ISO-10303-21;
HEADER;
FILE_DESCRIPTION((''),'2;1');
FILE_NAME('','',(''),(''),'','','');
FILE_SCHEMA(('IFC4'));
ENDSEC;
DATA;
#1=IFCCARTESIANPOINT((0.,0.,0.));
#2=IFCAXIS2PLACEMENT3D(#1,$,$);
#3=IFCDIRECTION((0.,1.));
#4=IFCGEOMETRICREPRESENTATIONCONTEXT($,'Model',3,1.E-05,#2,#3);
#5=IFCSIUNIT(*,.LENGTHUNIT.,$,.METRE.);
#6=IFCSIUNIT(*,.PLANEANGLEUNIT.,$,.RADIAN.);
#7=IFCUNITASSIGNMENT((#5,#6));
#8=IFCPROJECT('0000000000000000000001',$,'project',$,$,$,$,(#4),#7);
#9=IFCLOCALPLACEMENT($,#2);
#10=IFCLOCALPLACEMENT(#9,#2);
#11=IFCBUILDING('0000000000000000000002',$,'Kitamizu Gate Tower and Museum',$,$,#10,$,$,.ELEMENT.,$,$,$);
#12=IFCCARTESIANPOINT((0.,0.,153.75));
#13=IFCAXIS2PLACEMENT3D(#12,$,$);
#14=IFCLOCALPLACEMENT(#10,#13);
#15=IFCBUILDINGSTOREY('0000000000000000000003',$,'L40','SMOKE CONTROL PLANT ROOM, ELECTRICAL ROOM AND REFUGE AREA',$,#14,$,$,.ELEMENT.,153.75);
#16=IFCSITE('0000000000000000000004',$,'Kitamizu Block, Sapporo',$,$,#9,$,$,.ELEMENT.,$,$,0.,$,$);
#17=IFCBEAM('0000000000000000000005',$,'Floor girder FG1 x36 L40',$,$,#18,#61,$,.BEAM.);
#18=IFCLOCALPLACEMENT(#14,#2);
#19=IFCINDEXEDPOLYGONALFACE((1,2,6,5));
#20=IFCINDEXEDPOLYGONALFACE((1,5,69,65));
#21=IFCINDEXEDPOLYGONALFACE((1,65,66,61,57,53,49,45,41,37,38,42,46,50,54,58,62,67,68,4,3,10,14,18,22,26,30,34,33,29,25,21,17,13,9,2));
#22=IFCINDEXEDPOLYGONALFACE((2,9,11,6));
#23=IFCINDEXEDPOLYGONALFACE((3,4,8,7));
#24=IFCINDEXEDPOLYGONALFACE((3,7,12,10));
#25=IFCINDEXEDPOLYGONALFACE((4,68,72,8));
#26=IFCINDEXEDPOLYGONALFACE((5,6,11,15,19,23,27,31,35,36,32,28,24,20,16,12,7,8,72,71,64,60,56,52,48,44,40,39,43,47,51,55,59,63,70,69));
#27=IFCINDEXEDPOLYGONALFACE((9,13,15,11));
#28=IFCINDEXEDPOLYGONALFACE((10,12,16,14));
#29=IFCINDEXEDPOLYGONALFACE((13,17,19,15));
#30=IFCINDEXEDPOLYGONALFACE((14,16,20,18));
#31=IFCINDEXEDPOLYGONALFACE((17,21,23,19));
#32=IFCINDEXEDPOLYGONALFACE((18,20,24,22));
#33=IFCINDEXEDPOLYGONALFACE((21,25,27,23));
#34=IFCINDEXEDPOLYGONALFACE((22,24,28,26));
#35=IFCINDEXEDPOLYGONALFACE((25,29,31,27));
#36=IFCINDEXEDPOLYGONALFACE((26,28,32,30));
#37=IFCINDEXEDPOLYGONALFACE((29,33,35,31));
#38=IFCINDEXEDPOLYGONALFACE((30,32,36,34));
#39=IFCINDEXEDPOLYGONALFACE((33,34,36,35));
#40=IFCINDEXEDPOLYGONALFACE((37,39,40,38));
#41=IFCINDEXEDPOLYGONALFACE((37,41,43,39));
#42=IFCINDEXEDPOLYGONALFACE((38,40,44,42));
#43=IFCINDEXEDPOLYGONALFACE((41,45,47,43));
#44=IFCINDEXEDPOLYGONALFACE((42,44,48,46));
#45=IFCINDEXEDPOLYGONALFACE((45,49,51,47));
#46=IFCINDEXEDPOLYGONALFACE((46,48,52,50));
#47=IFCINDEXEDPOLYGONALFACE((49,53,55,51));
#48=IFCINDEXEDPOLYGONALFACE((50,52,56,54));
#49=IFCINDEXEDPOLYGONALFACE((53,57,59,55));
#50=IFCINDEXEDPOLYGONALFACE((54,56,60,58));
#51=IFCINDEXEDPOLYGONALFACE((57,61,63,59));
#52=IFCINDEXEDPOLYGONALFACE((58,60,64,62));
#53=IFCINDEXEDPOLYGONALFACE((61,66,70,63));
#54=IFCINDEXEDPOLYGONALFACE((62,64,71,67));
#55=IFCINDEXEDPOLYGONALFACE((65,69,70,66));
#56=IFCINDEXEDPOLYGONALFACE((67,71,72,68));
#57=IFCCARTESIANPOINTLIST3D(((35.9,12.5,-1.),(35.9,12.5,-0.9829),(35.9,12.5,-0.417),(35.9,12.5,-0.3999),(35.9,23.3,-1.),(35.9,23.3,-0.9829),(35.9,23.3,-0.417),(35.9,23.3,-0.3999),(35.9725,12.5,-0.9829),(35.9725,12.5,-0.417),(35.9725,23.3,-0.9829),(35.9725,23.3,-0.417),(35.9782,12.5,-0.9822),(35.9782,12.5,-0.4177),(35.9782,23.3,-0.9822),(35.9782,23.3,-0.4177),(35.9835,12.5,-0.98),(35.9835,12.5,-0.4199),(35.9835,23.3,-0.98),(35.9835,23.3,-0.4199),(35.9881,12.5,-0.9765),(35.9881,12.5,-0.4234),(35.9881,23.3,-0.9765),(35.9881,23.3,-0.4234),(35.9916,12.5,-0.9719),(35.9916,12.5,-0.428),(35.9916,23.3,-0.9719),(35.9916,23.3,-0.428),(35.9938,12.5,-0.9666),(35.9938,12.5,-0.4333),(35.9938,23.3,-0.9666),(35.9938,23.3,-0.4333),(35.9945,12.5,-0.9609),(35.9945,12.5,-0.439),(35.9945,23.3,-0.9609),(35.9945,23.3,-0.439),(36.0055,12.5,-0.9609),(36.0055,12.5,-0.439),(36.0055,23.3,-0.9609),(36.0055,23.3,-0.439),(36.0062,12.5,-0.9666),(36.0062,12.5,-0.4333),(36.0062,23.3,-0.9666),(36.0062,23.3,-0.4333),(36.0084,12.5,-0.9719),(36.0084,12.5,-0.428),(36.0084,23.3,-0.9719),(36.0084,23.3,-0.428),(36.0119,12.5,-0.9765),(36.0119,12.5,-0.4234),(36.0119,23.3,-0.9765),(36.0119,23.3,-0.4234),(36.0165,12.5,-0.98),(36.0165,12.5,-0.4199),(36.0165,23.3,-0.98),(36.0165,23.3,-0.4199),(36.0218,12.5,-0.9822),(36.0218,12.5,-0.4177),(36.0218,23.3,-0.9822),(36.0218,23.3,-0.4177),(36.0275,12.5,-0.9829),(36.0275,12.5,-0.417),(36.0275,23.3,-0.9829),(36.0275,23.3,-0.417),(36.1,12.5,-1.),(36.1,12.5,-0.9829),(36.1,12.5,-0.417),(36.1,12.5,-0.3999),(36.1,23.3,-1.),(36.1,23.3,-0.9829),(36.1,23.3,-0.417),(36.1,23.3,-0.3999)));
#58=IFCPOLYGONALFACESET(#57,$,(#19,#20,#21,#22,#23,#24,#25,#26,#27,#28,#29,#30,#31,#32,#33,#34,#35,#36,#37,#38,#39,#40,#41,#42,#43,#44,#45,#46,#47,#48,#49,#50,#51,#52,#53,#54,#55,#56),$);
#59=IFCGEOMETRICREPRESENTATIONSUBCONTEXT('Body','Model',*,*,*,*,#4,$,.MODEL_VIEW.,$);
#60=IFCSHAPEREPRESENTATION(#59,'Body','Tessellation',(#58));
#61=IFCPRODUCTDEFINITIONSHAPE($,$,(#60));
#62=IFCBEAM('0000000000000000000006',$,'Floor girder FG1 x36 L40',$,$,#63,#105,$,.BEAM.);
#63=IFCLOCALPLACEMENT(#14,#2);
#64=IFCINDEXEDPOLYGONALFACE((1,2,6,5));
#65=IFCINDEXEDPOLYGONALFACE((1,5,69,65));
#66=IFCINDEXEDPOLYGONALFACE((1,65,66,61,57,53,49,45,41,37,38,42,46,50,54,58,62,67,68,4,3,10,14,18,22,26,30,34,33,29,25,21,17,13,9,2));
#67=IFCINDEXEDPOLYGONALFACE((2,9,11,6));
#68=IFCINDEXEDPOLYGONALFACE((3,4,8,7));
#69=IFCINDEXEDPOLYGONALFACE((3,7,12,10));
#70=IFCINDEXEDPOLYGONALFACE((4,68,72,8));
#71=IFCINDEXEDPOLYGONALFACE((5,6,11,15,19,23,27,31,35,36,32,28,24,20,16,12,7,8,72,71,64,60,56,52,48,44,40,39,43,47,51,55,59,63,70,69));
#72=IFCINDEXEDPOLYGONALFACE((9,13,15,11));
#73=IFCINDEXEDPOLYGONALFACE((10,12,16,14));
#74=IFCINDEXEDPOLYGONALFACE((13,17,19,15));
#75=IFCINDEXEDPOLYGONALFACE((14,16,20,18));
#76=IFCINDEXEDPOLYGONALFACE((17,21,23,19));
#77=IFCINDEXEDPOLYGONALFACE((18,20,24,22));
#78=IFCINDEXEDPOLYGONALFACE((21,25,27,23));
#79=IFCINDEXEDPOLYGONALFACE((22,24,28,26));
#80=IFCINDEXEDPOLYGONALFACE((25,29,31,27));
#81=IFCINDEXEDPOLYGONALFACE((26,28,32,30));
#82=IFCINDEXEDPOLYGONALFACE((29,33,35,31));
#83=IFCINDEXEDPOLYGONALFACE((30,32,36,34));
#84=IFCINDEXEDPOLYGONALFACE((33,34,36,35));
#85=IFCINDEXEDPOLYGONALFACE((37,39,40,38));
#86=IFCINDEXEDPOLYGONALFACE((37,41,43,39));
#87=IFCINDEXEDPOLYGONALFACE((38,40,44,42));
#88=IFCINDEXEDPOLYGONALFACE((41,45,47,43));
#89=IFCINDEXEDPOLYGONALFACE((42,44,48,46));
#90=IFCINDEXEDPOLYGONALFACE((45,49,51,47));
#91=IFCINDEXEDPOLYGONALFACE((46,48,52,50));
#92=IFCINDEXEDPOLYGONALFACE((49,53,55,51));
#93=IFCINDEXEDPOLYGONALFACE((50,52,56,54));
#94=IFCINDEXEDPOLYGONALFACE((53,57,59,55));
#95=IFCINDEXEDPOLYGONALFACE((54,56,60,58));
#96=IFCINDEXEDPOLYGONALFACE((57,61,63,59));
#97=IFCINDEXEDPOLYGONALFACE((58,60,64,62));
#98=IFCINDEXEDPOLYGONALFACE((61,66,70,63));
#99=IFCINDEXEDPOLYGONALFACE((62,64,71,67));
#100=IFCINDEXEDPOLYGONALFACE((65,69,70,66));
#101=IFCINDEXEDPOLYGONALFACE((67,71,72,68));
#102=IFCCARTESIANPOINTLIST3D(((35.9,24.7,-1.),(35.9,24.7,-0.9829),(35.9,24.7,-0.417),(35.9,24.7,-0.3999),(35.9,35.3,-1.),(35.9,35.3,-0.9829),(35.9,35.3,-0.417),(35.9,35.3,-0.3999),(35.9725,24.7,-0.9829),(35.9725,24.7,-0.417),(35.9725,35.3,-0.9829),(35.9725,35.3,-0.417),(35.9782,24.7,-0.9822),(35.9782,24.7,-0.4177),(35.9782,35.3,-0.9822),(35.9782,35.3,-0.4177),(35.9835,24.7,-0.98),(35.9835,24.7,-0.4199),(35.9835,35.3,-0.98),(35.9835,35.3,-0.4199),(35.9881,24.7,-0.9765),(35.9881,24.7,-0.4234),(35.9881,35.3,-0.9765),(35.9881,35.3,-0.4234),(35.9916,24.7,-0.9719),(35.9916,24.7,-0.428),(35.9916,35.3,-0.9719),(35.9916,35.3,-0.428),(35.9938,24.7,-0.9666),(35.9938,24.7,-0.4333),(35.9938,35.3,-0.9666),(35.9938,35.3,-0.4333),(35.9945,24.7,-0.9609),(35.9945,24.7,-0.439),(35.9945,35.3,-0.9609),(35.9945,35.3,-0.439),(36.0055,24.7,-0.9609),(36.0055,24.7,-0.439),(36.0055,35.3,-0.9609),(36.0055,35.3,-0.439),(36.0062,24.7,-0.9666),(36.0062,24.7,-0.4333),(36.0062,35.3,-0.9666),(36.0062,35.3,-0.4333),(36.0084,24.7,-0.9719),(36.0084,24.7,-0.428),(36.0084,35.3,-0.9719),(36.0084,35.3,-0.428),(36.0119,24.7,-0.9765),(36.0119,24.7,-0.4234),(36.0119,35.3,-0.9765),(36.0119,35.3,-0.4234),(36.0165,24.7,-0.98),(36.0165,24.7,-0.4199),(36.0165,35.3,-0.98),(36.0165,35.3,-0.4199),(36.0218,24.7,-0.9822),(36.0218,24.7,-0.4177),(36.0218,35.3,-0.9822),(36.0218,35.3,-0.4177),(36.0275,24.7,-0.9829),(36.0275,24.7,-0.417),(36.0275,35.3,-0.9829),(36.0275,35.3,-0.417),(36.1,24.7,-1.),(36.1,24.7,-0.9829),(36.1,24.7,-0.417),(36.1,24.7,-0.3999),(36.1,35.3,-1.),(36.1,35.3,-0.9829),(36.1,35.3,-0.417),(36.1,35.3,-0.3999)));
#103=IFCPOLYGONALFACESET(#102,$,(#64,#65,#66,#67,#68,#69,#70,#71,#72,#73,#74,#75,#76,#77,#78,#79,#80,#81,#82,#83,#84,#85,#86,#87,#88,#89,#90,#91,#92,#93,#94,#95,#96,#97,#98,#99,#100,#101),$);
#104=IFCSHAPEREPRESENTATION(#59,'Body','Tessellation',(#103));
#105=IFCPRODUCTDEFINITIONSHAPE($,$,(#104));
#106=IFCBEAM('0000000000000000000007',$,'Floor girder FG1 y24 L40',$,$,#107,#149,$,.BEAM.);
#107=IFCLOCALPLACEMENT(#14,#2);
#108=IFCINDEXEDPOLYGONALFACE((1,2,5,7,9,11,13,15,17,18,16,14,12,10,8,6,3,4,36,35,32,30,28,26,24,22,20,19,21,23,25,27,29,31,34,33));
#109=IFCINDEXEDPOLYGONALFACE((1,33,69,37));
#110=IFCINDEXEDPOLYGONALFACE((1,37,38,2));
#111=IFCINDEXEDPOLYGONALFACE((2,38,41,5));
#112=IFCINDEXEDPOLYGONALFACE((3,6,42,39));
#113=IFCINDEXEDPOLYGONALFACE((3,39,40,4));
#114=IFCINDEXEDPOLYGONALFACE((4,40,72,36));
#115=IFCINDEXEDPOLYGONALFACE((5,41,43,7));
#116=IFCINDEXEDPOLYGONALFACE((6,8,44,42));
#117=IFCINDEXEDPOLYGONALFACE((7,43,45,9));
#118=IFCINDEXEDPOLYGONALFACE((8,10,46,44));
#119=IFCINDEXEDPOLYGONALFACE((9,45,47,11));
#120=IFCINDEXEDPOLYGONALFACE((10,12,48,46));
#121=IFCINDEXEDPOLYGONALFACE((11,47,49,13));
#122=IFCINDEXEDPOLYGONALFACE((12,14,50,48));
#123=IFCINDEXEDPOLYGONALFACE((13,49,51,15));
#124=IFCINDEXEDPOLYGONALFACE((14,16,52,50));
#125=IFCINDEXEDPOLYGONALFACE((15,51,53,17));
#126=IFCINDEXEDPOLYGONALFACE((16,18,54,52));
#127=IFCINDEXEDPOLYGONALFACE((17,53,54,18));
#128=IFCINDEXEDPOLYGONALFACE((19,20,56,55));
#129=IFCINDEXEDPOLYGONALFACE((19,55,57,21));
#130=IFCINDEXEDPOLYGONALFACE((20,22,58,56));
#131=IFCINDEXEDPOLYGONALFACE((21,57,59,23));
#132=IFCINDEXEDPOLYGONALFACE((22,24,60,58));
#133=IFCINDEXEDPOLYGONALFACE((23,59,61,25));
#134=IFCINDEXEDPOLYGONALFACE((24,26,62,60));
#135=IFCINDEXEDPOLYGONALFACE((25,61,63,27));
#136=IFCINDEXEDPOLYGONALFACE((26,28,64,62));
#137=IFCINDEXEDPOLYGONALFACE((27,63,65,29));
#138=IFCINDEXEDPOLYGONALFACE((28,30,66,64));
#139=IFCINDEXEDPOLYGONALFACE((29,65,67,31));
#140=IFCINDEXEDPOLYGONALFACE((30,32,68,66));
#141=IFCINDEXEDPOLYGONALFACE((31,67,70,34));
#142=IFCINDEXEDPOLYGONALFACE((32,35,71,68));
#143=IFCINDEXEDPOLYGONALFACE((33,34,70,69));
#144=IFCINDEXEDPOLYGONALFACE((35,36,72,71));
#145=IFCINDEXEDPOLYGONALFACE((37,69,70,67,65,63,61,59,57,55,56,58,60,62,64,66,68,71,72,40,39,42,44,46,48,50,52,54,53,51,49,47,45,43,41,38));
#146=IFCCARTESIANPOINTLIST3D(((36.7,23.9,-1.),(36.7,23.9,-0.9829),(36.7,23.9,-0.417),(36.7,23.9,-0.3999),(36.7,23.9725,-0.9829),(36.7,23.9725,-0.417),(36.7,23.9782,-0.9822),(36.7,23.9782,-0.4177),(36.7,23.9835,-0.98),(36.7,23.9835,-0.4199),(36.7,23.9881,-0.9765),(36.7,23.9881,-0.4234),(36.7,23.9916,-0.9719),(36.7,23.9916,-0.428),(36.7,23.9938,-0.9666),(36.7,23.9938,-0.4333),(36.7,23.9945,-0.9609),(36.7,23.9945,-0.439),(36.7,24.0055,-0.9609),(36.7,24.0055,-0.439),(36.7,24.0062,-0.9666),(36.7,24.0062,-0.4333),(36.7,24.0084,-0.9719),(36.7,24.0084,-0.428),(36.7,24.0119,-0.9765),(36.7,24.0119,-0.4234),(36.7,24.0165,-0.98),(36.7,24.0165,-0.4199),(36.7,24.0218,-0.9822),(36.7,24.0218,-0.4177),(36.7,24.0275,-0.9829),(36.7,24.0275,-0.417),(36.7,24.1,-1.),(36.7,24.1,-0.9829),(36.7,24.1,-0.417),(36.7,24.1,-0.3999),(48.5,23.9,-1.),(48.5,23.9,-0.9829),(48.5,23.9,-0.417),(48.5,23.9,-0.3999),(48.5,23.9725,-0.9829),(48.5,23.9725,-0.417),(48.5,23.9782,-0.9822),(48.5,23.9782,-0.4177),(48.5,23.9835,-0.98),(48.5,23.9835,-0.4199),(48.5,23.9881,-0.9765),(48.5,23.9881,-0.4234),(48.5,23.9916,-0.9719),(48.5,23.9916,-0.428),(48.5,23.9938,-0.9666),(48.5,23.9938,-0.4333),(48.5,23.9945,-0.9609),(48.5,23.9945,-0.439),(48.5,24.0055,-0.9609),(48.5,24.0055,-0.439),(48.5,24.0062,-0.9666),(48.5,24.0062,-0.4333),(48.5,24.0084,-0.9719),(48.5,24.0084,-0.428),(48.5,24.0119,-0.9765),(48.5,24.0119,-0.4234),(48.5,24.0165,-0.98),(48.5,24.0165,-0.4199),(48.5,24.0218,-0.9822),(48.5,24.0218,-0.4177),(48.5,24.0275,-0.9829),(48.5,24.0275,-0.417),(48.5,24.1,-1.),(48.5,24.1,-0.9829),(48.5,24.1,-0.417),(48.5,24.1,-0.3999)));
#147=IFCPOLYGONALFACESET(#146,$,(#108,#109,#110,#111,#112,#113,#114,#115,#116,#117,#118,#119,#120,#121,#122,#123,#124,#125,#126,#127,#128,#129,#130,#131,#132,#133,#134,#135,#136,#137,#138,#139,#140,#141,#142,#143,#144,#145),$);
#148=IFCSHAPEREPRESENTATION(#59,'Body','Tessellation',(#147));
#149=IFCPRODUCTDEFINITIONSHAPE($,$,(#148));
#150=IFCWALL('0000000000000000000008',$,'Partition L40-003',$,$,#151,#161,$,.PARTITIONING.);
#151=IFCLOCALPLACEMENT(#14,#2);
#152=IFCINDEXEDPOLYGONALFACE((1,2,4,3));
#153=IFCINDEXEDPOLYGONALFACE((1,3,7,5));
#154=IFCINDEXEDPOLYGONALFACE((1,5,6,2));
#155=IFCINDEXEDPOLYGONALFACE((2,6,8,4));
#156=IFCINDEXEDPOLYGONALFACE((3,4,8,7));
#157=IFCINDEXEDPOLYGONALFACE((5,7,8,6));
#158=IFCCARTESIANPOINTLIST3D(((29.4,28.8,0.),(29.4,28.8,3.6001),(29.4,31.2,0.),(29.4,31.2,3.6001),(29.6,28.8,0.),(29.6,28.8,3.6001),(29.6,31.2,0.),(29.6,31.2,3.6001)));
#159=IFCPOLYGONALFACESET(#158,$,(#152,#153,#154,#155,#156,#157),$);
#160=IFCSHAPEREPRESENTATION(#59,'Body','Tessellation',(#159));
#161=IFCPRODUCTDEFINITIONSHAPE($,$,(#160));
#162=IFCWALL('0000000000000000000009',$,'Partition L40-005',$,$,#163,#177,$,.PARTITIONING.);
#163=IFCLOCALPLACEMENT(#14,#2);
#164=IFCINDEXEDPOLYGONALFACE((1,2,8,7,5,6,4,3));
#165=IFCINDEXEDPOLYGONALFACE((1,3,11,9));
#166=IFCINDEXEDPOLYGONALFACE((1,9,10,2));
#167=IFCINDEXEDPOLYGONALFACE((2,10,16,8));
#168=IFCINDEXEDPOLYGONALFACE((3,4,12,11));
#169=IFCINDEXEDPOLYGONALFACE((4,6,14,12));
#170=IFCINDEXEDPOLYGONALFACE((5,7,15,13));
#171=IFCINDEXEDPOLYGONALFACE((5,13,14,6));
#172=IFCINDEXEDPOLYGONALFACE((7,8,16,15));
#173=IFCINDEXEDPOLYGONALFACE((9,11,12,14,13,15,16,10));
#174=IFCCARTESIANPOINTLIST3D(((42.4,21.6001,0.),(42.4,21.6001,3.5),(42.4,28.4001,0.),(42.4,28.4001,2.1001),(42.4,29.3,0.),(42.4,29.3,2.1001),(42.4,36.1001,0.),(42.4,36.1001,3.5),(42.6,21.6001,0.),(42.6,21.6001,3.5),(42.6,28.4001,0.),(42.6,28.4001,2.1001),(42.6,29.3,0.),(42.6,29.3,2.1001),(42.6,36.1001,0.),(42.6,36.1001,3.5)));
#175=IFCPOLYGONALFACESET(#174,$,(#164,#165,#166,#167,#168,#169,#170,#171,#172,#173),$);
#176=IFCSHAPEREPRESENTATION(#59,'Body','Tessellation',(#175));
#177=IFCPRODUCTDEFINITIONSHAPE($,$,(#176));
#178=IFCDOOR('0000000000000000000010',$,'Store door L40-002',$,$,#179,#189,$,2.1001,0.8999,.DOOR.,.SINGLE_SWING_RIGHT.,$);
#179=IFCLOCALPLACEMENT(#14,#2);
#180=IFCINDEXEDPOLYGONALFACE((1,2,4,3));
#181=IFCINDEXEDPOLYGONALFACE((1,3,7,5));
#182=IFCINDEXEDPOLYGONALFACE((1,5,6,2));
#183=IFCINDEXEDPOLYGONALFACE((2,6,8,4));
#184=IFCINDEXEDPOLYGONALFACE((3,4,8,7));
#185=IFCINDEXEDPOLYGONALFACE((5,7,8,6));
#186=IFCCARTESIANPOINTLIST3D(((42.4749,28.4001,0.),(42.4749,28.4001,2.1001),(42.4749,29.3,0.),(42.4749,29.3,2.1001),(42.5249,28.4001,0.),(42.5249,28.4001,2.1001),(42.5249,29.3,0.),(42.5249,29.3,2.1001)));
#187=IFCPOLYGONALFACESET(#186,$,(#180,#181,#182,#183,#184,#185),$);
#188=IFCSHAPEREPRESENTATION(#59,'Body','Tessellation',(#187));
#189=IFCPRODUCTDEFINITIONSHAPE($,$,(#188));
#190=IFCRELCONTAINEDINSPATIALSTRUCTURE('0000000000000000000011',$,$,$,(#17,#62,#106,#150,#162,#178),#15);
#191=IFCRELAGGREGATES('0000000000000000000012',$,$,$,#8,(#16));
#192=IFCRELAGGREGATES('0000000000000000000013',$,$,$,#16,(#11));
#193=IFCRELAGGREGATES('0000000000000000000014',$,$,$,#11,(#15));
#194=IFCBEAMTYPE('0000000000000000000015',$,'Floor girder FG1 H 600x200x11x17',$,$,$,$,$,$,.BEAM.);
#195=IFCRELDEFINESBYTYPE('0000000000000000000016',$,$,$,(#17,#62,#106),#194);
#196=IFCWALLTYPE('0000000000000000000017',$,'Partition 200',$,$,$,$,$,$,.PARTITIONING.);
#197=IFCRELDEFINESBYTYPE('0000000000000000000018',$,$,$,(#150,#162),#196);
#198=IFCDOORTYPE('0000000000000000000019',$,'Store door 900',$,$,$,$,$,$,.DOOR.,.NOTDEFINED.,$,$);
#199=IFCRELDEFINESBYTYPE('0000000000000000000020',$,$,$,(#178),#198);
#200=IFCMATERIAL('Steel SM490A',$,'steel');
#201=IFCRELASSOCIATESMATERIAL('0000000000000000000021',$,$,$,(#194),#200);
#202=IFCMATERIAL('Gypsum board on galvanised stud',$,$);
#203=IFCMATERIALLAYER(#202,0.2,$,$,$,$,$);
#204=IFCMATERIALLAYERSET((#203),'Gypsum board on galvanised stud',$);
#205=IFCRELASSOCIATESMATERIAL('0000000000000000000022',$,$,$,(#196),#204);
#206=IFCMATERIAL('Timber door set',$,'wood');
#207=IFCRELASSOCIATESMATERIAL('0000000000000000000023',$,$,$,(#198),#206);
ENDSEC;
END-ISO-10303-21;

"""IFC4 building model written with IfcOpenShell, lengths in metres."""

from ifc_helpers import new_model, si_unit, direction, frame, frame_2d, origin, origin_2d, place, context, subcontext, project, spatial, rectangle, i_section, extrude, material, layer, layer_set, material_profile, profile_set, type_object, element, fill, save


model = new_model("IFC4")

# Units and contexts
model_context = context("Model", 3, precision=1e-05, world=origin(), true_north=direction((0.0, 1.0)))
body_context = subcontext(model_context, "Body", "Model", "MODEL_VIEW")
ifc_project = project(units=[si_unit("LENGTHUNIT", "METRE"), si_unit("PLANEANGLEUNIT", "RADIAN")], contexts=[model_context])

# Site, building, storey
site_placement = place(None, origin())
site = spatial("IfcSite", under=ifc_project, at=site_placement, Name="Kitamizu Block, Sapporo", CompositionType="ELEMENT", RefElevation=0.0)
building_placement = place(site_placement, origin())
building = spatial("IfcBuilding", under=site, at=building_placement, Name="Kitamizu Gate Tower and Museum", CompositionType="ELEMENT")
storey_placement = place(building_placement, frame((0.0, 0.0, 153.75)))
storey = spatial("IfcBuildingStorey", under=building, at=storey_placement, Name="L40", Description="SMOKE CONTROL PLANT ROOM, ELECTRICAL ROOM AND REFUGE AREA", CompositionType="ELEMENT", Elevation=153.75)

# Beams
ifc_material_1 = material(Name="Steel SM490A", Category="steel")
ifc_material_profile_1 = material_profile(ifc_material_1, i_section(OverallWidth=0.2, OverallDepth=0.6001, WebThickness=0.011, FlangeThickness=0.0171, FilletRadius=0.022, at=origin_2d()), Name="H-600x200x11x17")
ifc_profile_set_1 = profile_set([ifc_material_profile_1], Name="Steel SM490A")
beam_type_1 = type_object("IfcBeamType", Name="Floor girder FG1 H 600x200x11x17", PredefinedType="BEAM", material=ifc_profile_set_1)
beam_1_placement = place(storey_placement, frame((36.0, 12.5, -0.7), z_axis=(0.0, 1.0, 0.0), x_axis=(-1.0, 0.0, 0.0)))
element("IfcBeam", 1, at=beam_1_placement, inside=storey, type_object=beam_type_1, Name="Floor girder FG1 x36 L40", PredefinedType="BEAM", context=body_context, shape_type="SweptSolid", body=[
    extrude(i_section(OverallWidth=0.2, OverallDepth=0.6001, WebThickness=0.011, FlangeThickness=0.0171, FilletRadius=0.022, at=origin_2d()), origin(), (0.0, 0.0, 1.0), 10.8),
])
beam_2_placement = place(storey_placement, frame((36.0, 24.7, -0.7), z_axis=(0.0, 1.0, 0.0), x_axis=(-1.0, 0.0, 0.0)))
element("IfcBeam", 2, at=beam_2_placement, inside=storey, type_object=beam_type_1, Name="Floor girder FG1 x36 L40", PredefinedType="BEAM", context=body_context, shape_type="SweptSolid", body=[
    extrude(i_section(OverallWidth=0.2, OverallDepth=0.6001, WebThickness=0.011, FlangeThickness=0.0171, FilletRadius=0.022, at=origin_2d()), origin(), (0.0, 0.0, 1.0), 10.6001),
])
beam_3_placement = place(storey_placement, frame((36.7, 24.0, -0.7), z_axis=(1.0, 0.0, 0.0), x_axis=(0.0, 1.0, 0.0)))
element("IfcBeam", 3, at=beam_3_placement, inside=storey, type_object=beam_type_1, Name="Floor girder FG1 y24 L40", PredefinedType="BEAM", context=body_context, shape_type="SweptSolid", body=[
    extrude(i_section(OverallWidth=0.2, OverallDepth=0.6001, WebThickness=0.011, FlangeThickness=0.0171, FilletRadius=0.022, at=origin_2d()), origin(), (0.0, 0.0, 1.0), 11.8),
])

# Wall
ifc_material_2 = material(Name="Gypsum board on galvanised stud")
ifc_layer = layer(ifc_material_2, 0.2)
ifc_layer_set = layer_set([ifc_layer], Name="Gypsum board on galvanised stud")
wall_type = type_object("IfcWallType", Name="Partition 200", PredefinedType="PARTITIONING", material=ifc_layer_set)
wall_1_placement = place(storey_placement, frame((29.5, 28.8, 0.0), z_axis=(0.0, 0.0, 1.0), x_axis=(0.0, 1.0, 0.0)))
element("IfcWall", 4, at=wall_1_placement, inside=storey, type_object=wall_type, Name="Partition L40-003", PredefinedType="PARTITIONING", context=body_context, shape_type="SweptSolid", body=[
    extrude(rectangle(XDim=2.3999, YDim=0.2, at=frame_2d((1.2, 0.0))), origin(), (0.0, 0.0, 1.0), 3.6001),
])

# Wall, opening, door
wall_2_placement = place(storey_placement, frame((42.5, 21.6001, 0.0), z_axis=(0.0, 0.0, 1.0), x_axis=(0.0, 1.0, 0.0)))
wall_2 = element("IfcWall", 5, at=wall_2_placement, inside=storey, type_object=wall_type, Name="Partition L40-005", PredefinedType="PARTITIONING", context=body_context, shape_type="SweptSolid", body=[
    extrude(rectangle(XDim=14.5, YDim=0.2, at=frame_2d((7.25, 0.0))), origin(), (0.0, 0.0, 1.0), 3.5),
])
opening_1_placement = place(wall_2_placement, frame((6.8, 0.0, 0.0)))
opening_1 = element("IfcOpeningElement", 6, at=opening_1_placement, cuts=wall_2, PredefinedType="OPENING", context=body_context, shape_type="SweptSolid", body=[
    extrude(rectangle(XDim=0.8999, YDim=2.1001, at=frame_2d((0.45, 1.05))), frame((0.0, 0.1099, 0.0), z_axis=(0.0, -1.0, 0.0), x_axis=(1.0, 0.0, 0.0)), (0.0, 0.0, 1.0), 0.22),
])
ifc_material_3 = material(Name="Timber door set", Category="wood")
door_type_1 = type_object("IfcDoorType", Name="Store door 900", OperationType="NOTDEFINED", PredefinedType="DOOR", material=ifc_material_3)
door_1_placement = place(opening_1_placement, frame((0.8999, 0.0, 0.0), x_axis=(-1.0, 0.0, 0.0)))
door_1 = element("IfcDoor", 7, at=door_1_placement, inside=storey, type_object=door_type_1, Name="Store door L40-002", OperationType="SINGLE_SWING_RIGHT", OverallHeight=2.1001, OverallWidth=0.8999, PredefinedType="DOOR", context=body_context, shape_type="SweptSolid", body=[
    extrude(rectangle(XDim=0.8999, YDim=2.1001, at=frame_2d((0.45, 1.05))), frame((0.0, 0.0249, 0.0), z_axis=(0.0, -1.0, 0.0), x_axis=(1.0, 0.0, 0.0)), (0.0, 0.0, 1.0), 0.05),
])
fill(opening_1, door_1)

save(model, "model.ifc")
